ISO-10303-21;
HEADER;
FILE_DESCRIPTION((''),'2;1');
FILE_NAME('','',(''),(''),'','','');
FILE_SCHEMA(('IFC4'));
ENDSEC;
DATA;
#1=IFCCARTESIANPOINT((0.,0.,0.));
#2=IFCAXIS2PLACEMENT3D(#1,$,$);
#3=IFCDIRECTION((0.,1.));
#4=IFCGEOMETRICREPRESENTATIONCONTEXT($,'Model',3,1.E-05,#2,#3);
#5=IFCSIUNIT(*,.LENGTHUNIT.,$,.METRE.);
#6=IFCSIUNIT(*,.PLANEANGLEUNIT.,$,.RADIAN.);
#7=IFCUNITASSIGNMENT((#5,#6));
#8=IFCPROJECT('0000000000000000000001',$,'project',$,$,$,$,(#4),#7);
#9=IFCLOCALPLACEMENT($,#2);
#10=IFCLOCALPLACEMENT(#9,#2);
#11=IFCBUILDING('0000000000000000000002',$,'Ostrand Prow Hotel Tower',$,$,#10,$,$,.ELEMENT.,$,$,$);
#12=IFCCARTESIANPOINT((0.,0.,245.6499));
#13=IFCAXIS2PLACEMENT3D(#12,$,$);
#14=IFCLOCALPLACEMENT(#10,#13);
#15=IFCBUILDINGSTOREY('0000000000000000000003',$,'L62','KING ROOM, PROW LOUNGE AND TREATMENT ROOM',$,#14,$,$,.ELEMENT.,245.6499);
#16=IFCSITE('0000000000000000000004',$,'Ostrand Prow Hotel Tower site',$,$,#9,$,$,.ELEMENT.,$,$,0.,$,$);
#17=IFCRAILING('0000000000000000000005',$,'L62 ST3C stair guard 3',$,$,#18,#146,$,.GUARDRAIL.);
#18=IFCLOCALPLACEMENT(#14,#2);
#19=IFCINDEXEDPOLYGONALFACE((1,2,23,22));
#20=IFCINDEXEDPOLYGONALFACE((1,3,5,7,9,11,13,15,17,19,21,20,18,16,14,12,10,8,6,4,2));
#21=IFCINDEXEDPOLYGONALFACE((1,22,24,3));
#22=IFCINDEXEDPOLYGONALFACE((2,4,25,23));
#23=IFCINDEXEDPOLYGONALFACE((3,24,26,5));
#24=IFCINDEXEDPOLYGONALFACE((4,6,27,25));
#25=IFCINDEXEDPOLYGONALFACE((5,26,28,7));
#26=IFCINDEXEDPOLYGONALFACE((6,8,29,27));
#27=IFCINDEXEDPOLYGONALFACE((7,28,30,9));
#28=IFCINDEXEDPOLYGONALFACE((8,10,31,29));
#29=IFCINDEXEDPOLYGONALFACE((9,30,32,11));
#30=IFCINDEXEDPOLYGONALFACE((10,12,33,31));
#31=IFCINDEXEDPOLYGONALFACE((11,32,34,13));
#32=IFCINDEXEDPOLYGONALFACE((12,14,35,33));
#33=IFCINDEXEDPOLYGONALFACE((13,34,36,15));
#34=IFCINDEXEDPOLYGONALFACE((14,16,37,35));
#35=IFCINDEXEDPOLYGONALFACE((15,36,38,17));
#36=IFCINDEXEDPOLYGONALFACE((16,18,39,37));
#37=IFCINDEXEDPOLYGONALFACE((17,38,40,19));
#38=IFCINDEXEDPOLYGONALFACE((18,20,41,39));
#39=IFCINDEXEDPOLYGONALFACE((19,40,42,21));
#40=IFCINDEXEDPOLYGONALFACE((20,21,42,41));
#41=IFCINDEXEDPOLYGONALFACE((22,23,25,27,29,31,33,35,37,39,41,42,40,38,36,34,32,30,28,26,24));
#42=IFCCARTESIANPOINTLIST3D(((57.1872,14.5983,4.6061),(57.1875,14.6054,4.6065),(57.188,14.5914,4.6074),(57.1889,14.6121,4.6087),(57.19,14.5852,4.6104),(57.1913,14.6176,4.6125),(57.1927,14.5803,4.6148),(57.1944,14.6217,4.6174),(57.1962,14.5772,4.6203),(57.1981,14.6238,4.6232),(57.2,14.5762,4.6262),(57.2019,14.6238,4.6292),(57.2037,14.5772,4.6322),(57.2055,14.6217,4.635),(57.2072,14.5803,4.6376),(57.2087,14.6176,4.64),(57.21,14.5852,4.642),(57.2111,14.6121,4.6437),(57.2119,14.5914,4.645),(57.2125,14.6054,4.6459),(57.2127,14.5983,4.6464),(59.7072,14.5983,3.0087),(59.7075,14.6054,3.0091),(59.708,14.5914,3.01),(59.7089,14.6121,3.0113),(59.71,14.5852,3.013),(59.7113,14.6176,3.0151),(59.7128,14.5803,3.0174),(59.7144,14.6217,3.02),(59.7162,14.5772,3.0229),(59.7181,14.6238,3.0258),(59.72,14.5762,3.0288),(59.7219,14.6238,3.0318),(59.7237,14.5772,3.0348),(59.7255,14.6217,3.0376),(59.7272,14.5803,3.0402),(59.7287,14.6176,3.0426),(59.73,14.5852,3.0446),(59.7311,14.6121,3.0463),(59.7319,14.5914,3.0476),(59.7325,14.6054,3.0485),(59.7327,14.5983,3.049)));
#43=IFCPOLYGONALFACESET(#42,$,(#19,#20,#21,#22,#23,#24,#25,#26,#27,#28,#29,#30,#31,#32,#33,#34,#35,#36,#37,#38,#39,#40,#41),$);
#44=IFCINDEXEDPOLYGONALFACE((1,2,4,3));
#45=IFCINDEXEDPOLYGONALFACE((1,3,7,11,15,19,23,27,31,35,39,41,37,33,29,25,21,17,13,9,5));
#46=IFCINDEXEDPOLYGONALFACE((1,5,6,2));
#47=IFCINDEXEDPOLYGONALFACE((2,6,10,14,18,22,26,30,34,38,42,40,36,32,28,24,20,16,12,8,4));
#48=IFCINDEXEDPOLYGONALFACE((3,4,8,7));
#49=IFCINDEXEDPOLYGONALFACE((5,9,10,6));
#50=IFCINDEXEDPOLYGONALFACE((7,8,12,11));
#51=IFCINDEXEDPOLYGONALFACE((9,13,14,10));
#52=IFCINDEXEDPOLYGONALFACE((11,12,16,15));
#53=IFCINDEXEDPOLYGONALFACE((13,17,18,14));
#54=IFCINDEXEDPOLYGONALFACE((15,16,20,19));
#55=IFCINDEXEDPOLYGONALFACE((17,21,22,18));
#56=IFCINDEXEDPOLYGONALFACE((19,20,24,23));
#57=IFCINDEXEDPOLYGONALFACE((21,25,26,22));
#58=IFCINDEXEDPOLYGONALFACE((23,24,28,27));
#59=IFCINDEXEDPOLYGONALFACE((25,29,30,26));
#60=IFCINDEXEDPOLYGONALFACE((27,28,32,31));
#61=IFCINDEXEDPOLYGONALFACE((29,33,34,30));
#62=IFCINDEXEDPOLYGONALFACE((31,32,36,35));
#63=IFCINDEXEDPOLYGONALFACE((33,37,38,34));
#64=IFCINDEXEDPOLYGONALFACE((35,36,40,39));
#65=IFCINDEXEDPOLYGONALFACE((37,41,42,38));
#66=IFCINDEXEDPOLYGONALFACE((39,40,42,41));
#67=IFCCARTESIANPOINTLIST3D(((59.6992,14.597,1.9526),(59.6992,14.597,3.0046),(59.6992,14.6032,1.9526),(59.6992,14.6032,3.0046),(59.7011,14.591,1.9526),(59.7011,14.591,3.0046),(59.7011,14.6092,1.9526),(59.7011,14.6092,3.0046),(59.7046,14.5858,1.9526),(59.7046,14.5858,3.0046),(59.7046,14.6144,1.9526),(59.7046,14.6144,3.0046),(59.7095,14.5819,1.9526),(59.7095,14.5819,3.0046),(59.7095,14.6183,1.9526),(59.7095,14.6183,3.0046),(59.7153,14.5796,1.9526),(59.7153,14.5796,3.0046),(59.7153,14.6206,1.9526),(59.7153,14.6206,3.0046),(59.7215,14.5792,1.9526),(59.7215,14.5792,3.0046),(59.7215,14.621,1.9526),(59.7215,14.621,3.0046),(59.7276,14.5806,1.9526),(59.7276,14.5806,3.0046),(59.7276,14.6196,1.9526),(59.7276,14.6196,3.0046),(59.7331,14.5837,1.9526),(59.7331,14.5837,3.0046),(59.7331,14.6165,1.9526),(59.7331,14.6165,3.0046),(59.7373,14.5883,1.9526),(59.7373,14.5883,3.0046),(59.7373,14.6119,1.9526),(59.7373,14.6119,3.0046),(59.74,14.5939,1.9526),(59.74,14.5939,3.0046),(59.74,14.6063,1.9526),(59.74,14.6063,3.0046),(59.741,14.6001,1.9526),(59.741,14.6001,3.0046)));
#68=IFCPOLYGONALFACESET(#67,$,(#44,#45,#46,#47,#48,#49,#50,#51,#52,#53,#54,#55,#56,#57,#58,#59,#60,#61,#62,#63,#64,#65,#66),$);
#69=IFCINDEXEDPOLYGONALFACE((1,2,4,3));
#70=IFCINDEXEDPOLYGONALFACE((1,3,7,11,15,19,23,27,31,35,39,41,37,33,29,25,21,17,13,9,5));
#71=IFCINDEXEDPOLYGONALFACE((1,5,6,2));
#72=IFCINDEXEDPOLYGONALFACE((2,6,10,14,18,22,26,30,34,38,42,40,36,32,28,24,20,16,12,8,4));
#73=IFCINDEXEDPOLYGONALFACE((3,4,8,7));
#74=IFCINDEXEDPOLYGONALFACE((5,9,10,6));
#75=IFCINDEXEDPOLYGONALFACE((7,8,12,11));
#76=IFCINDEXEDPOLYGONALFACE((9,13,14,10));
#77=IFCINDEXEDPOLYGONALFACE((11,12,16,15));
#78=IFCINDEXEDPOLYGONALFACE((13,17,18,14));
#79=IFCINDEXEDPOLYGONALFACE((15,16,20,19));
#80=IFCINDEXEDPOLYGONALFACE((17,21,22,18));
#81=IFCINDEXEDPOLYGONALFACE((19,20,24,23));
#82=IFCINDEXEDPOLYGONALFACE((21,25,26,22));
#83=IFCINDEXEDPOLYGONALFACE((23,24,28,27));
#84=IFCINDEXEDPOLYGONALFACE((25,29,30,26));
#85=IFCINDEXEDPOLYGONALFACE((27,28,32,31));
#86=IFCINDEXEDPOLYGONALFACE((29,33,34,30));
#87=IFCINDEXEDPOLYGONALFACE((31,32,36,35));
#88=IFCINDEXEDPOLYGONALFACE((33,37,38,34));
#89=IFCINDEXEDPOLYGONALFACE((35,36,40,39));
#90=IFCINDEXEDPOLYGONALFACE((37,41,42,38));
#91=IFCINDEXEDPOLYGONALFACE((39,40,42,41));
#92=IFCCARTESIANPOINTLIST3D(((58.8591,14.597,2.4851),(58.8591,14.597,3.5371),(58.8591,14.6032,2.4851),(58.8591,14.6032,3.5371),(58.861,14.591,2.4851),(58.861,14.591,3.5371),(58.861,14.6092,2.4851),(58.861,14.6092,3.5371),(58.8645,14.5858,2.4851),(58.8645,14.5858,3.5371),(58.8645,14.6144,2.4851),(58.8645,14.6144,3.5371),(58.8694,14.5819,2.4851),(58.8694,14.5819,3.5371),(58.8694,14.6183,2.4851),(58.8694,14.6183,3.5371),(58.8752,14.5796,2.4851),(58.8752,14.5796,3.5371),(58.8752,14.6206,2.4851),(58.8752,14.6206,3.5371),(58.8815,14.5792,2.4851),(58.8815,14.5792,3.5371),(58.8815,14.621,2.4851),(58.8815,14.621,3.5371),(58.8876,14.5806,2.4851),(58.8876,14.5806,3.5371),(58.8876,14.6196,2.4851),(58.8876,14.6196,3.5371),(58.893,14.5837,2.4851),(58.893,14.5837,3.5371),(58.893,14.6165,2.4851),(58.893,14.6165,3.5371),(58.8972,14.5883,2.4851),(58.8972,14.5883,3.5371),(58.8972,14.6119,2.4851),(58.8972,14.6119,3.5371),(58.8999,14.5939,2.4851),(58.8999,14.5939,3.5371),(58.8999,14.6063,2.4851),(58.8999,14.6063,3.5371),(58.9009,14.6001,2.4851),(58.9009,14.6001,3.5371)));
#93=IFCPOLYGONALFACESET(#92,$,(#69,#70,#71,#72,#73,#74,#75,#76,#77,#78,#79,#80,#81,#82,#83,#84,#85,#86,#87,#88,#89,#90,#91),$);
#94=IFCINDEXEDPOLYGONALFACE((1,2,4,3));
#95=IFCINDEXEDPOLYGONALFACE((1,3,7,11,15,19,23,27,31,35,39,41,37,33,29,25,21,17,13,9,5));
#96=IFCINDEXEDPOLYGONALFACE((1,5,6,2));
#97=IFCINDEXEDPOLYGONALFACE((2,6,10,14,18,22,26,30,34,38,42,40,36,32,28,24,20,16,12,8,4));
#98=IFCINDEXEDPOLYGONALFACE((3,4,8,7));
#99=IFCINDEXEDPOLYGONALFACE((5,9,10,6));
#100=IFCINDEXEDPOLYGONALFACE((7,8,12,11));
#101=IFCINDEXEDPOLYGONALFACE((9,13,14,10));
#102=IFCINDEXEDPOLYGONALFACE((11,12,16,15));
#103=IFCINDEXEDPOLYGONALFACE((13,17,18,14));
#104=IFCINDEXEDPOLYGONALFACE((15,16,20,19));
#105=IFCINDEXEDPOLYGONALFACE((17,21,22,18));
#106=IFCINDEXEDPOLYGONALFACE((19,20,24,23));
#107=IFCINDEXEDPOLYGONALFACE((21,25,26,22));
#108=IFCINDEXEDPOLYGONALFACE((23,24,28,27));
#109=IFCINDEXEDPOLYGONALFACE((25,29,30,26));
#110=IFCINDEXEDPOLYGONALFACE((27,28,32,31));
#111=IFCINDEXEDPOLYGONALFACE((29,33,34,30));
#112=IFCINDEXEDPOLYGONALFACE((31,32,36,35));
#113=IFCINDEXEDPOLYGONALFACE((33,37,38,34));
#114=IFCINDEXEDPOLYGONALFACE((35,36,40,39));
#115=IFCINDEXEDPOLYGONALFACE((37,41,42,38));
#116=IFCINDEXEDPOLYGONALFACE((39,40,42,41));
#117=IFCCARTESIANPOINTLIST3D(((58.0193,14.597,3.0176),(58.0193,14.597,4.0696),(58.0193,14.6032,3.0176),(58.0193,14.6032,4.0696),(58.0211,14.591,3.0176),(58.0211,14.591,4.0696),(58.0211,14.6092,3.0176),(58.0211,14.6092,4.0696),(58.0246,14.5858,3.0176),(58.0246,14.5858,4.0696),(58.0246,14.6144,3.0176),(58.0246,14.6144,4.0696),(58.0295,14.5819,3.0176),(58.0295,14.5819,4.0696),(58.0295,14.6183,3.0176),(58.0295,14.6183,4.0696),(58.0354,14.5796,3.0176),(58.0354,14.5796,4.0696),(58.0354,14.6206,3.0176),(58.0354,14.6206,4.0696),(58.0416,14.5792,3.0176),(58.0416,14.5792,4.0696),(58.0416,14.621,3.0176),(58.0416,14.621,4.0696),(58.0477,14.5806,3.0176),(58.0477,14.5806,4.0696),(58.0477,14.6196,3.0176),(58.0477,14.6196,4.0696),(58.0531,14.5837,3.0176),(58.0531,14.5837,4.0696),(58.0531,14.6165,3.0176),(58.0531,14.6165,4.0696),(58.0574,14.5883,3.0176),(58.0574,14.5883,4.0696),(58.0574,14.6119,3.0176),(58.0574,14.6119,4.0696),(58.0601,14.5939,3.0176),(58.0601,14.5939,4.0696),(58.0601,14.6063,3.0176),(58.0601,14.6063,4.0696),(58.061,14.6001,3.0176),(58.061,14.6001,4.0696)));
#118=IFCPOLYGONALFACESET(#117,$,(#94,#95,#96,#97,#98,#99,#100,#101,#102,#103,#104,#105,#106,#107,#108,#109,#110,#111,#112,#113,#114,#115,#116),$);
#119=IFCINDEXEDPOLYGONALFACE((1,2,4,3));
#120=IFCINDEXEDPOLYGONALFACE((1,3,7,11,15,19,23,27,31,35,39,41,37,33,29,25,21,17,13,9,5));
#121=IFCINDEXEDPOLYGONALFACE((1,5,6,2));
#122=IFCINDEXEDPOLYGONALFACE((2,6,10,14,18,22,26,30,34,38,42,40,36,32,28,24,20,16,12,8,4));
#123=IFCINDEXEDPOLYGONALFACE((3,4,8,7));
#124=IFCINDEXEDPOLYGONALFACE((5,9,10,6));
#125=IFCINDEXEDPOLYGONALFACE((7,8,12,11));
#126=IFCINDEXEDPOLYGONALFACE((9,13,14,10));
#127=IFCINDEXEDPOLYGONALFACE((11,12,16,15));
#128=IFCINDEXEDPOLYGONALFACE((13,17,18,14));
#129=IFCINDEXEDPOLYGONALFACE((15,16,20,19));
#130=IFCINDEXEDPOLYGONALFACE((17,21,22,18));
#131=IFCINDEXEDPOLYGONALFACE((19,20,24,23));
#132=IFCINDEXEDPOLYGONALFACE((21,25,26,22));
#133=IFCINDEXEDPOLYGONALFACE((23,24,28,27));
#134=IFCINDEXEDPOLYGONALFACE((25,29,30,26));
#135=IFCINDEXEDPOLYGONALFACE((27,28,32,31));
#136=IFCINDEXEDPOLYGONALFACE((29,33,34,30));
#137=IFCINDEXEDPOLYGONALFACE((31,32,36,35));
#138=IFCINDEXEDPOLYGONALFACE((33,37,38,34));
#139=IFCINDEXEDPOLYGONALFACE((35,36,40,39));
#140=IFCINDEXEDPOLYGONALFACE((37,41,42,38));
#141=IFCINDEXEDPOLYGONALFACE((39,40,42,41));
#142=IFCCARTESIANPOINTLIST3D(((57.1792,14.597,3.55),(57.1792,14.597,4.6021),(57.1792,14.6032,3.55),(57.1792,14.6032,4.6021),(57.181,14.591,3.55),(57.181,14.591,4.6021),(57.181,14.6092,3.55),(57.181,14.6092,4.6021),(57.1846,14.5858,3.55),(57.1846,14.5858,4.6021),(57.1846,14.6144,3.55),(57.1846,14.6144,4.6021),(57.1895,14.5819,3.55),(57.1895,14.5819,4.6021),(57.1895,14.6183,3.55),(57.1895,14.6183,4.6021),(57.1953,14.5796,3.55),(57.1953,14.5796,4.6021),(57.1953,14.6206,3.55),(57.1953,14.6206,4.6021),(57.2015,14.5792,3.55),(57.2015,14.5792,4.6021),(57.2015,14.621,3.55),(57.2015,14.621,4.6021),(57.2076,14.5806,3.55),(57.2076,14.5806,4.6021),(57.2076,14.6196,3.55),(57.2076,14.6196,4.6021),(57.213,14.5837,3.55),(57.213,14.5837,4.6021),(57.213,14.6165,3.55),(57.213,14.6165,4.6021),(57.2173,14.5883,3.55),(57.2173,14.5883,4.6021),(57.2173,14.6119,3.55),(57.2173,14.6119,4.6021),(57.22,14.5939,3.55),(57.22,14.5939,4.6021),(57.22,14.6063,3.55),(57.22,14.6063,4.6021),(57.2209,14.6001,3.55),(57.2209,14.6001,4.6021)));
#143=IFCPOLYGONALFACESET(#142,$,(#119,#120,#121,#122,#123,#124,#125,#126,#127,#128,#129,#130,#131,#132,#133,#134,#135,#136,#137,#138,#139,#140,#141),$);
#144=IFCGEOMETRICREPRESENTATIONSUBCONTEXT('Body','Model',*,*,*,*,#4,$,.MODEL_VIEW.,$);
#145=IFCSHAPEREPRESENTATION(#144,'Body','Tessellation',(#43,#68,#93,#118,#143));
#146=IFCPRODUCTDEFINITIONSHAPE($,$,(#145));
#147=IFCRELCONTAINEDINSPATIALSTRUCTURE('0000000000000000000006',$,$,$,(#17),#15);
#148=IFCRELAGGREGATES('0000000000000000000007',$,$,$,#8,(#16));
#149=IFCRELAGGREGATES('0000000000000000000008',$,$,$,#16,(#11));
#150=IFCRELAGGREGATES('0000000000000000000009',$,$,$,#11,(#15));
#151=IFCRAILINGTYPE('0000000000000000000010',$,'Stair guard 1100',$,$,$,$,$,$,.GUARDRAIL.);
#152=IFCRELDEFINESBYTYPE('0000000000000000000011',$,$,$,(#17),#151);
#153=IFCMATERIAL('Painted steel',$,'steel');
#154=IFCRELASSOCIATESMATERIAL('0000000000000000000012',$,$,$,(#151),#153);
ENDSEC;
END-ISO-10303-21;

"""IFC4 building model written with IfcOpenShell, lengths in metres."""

from ifc_helpers import new_model, si_unit, direction, frame, origin, origin_2d, place, context, subcontext, project, spatial, circle, extrude, material, type_object, element, save


model = new_model("IFC4")

# Units and contexts
model_context = context("Model", 3, precision=1e-05, world=origin(), true_north=direction((0.0, 1.0)))
body_context = subcontext(model_context, "Body", "Model", "MODEL_VIEW")
ifc_project = project(units=[si_unit("LENGTHUNIT", "METRE"), si_unit("PLANEANGLEUNIT", "RADIAN")], contexts=[model_context])

# Site, building, storey
site_placement = place(None, origin())
site = spatial("IfcSite", under=ifc_project, at=site_placement, Name="Ostrand Prow Hotel Tower site", CompositionType="ELEMENT", RefElevation=0.0)
building_placement = place(site_placement, origin())
building = spatial("IfcBuilding", under=site, at=building_placement, Name="Ostrand Prow Hotel Tower", CompositionType="ELEMENT")
storey_placement = place(building_placement, frame((0.0, 0.0, 245.6499)))
storey = spatial("IfcBuildingStorey", under=building, at=storey_placement, Name="L62", Description="KING ROOM, PROW LOUNGE AND TREATMENT ROOM", CompositionType="ELEMENT", Elevation=245.6499)

# Railing
ifc_material_1 = material(Name="Painted steel", Category="steel")
railing_type_1 = type_object("IfcRailingType", Name="Stair guard 1100", PredefinedType="GUARDRAIL", material=ifc_material_1)
railing_1_placement = place(storey_placement, frame((59.72, 14.6001, 1.9526)))
element("IfcRailing", 1, at=railing_1_placement, inside=storey, type_object=railing_type_1, Name="L62 ST3C stair guard 3", PredefinedType="GUARDRAIL", context=body_context, shape_type="SweptSolid", body=[
    extrude(circle(Radius=0.0239, at=origin_2d()), frame((0.0, 0.0, 1.0762), z_axis=(-0.844607, 0.0, 0.535387), x_axis=(0.0, -1.0, 0.0)), (0.0, 0.0, 1.0), 2.9836),
    extrude(circle(Radius=0.021, at=origin_2d()), origin(), (0.0, 0.0, 1.0), 1.052),
    extrude(circle(Radius=0.021, at=origin_2d()), frame((-0.8401, 0.0, 0.5325)), (0.0, 0.0, 1.0), 1.052),
    extrude(circle(Radius=0.021, at=origin_2d()), frame((-1.6799, 0.0, 1.0649)), (0.0, 0.0, 1.0), 1.052),
    extrude(circle(Radius=0.021, at=origin_2d()), frame((-2.52, 0.0, 1.5974)), (0.0, 0.0, 1.0), 1.052),
])

save(model, "model.ifc")
